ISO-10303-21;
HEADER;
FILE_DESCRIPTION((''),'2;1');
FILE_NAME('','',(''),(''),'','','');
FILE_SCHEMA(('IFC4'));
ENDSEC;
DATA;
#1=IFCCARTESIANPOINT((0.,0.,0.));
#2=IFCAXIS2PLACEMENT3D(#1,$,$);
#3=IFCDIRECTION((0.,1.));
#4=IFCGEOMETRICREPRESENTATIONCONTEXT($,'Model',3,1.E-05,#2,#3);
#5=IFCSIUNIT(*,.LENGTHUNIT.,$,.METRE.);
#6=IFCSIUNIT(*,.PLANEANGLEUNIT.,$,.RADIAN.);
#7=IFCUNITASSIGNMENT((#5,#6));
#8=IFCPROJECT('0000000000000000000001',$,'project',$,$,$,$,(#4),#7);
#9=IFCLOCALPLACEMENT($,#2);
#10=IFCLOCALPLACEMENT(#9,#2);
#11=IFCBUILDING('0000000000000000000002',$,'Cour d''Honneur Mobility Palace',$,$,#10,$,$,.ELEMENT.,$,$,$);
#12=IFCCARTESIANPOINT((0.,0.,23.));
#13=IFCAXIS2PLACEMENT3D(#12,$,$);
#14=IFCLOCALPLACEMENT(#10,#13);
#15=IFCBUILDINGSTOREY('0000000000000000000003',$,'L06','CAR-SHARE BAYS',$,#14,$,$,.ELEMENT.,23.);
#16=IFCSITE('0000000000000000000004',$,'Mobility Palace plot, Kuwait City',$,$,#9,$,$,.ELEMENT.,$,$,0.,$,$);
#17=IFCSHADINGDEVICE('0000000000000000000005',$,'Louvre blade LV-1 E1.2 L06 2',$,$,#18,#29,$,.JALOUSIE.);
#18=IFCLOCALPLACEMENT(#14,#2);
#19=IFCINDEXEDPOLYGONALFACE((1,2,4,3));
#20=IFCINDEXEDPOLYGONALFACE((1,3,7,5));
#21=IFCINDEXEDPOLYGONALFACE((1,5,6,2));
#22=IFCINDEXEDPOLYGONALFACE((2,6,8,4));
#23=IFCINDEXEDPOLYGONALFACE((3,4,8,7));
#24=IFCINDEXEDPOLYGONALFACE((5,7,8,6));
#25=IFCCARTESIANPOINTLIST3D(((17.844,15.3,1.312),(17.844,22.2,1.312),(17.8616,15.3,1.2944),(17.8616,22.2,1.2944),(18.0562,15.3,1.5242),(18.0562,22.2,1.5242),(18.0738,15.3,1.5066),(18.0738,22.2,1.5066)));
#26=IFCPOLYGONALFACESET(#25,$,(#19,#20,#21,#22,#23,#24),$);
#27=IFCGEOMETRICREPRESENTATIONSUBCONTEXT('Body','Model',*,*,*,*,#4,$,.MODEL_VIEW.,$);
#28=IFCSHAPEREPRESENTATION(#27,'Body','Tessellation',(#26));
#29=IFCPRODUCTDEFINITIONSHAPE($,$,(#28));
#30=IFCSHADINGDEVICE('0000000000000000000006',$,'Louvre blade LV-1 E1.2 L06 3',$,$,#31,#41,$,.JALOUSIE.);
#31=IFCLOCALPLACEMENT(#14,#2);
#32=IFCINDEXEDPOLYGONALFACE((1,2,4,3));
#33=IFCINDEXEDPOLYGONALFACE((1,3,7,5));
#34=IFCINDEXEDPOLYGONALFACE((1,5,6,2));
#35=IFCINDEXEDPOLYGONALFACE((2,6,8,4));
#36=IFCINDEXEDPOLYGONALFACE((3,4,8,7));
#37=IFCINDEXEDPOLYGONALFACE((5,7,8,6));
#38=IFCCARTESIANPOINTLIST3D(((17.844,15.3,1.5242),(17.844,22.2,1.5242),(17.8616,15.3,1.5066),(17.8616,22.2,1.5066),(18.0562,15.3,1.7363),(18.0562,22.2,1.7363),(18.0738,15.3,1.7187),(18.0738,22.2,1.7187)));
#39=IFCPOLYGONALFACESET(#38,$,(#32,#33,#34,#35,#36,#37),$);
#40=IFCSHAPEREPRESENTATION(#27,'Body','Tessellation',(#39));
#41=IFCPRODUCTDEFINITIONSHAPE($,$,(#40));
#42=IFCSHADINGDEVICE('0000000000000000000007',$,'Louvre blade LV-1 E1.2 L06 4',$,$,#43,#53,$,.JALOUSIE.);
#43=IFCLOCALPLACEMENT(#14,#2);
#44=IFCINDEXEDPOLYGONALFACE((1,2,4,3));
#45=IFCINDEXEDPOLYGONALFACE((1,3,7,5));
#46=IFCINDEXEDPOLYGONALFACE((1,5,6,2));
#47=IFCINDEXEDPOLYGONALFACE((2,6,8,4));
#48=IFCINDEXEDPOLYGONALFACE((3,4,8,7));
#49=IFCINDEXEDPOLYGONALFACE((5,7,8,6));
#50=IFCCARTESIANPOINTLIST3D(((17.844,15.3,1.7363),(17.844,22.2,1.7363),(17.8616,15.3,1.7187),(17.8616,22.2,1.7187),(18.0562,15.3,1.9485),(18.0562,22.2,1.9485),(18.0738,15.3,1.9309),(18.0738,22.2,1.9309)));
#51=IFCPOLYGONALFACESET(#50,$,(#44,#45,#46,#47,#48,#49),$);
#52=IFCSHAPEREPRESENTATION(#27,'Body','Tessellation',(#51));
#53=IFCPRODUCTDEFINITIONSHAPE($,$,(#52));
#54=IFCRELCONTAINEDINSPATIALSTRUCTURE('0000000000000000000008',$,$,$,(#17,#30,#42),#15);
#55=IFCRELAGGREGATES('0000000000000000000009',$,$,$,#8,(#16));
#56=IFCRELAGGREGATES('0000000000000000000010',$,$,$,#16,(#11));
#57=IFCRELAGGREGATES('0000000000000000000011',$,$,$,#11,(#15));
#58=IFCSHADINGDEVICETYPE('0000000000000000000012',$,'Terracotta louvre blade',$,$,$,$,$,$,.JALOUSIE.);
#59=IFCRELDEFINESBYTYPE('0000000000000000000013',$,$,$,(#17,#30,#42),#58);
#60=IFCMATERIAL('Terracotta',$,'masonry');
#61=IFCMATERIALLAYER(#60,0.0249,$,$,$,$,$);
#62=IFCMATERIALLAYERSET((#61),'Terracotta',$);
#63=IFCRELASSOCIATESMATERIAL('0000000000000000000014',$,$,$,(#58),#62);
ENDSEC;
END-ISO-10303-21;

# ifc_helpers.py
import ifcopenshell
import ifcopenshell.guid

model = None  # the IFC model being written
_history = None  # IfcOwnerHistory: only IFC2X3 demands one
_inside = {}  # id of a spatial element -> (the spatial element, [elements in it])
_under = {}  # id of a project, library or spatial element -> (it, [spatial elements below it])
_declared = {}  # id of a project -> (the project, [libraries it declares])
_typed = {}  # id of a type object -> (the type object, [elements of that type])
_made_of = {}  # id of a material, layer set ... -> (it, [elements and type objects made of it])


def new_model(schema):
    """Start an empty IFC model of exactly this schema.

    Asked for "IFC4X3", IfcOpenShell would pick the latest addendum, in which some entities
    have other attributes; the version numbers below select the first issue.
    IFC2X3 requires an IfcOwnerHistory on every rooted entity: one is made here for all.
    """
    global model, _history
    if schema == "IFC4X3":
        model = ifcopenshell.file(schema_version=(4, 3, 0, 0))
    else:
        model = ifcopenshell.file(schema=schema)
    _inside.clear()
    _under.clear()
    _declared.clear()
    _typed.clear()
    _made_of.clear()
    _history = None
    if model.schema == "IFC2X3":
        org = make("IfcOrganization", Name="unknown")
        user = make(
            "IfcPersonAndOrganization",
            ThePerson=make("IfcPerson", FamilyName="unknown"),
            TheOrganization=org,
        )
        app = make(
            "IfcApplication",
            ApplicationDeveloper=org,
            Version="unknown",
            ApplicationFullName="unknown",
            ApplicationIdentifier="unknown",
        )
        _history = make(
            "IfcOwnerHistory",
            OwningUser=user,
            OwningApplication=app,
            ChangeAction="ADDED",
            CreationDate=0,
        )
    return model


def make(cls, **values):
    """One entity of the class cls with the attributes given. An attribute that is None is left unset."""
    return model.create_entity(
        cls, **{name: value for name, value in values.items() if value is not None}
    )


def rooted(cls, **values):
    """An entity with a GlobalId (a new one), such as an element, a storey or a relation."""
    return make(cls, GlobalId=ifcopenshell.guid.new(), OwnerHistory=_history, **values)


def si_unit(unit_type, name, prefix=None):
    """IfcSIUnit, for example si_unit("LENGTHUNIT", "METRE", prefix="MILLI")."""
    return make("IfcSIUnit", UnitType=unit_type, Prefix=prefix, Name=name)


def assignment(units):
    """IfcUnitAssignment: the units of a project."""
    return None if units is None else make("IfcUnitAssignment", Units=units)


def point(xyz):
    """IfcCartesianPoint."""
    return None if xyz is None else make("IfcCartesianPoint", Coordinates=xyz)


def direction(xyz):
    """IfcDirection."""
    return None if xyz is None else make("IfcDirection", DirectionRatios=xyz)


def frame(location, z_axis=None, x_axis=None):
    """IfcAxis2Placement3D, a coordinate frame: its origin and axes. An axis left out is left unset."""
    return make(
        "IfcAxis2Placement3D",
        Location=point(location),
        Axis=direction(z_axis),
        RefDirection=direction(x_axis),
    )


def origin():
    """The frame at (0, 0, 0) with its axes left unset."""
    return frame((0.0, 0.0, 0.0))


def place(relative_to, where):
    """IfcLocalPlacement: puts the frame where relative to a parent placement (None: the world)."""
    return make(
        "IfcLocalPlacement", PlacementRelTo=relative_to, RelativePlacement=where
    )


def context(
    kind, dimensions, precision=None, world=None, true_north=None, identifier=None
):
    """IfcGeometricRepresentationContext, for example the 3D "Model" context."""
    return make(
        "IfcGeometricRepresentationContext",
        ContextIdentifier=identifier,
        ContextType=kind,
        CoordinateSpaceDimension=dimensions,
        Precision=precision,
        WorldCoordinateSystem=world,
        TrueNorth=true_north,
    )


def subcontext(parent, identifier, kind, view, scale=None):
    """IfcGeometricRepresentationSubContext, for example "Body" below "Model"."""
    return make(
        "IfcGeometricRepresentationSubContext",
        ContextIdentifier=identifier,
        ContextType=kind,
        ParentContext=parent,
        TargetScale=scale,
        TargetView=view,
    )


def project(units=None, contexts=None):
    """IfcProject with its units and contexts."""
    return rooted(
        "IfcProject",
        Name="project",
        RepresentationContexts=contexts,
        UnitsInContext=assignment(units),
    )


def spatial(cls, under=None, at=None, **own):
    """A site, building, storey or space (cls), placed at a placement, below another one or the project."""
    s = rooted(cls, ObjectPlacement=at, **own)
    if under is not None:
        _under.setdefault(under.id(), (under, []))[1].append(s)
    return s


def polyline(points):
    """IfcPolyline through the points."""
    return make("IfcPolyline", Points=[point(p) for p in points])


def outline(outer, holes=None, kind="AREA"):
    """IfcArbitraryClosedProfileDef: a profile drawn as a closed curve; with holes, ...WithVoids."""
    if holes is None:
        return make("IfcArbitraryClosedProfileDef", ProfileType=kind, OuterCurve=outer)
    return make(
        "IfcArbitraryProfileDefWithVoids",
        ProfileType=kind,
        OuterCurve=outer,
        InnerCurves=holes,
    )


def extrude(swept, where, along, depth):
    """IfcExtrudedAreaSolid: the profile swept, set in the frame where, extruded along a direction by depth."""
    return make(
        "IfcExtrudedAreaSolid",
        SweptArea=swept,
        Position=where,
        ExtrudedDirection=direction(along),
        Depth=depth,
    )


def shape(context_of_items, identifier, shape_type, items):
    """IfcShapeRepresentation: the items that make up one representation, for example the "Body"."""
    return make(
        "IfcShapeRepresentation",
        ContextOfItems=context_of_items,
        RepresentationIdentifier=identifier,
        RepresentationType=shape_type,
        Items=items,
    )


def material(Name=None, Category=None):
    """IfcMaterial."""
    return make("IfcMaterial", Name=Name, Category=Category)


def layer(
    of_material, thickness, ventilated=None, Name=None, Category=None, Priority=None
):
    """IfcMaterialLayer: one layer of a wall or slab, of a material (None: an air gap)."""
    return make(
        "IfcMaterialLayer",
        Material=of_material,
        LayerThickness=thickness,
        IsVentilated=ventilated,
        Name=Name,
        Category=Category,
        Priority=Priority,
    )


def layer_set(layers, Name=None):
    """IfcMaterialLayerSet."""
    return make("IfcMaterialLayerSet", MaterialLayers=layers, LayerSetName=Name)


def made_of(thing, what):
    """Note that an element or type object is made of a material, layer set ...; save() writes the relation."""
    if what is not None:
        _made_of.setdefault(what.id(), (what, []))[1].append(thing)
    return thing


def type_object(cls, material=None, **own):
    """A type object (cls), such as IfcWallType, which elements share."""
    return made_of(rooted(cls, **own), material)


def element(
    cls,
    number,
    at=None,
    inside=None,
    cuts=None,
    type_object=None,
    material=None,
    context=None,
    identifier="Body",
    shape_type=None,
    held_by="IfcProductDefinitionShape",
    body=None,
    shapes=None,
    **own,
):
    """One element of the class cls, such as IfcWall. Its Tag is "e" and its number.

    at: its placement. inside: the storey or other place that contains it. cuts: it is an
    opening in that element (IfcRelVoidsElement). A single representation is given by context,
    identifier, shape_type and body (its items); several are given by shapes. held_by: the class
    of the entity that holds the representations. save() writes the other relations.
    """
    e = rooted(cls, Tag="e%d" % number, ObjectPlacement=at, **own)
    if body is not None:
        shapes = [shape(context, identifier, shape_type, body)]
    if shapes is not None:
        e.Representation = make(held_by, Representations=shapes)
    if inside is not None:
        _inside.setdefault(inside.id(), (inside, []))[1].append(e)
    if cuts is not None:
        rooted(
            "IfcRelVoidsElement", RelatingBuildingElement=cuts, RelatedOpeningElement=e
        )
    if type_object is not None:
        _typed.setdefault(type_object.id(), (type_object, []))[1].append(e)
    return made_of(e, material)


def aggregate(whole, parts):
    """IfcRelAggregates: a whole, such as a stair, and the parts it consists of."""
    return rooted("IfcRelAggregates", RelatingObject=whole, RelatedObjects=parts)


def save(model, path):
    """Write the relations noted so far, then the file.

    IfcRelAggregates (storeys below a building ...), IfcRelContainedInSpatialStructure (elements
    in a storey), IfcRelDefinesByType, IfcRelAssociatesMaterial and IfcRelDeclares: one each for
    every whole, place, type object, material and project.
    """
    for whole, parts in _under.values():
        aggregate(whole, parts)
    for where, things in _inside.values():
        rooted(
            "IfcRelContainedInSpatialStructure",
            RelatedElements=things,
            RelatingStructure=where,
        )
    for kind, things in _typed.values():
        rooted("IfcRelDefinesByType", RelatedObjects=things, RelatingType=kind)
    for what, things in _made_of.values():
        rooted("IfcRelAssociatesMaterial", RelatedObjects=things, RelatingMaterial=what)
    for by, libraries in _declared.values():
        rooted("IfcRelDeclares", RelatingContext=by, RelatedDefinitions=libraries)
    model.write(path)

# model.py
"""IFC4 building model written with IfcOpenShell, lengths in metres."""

from ifc_helpers import new_model, si_unit, direction, frame, origin, place, context, subcontext, project, spatial, polyline, outline, extrude, material, layer, layer_set, type_object, element, save


model = new_model("IFC4")

# Units and contexts
model_context = context("Model", 3, precision=1e-05, world=origin(), true_north=direction((0.0, 1.0)))
body_context = subcontext(model_context, "Body", "Model", "MODEL_VIEW")
ifc_project = project(units=[si_unit("LENGTHUNIT", "METRE"), si_unit("PLANEANGLEUNIT", "RADIAN")], contexts=[model_context])

# Site, building, storey
site_placement = place(None, origin())
site = spatial("IfcSite", under=ifc_project, at=site_placement, Name="Mobility Palace plot, Kuwait City", CompositionType="ELEMENT", RefElevation=0.0)
building_placement = place(site_placement, origin())
building = spatial("IfcBuilding", under=site, at=building_placement, Name="Cour d'Honneur Mobility Palace", CompositionType="ELEMENT")
storey_placement = place(building_placement, frame((0.0, 0.0, 23.0)))
storey = spatial("IfcBuildingStorey", under=building, at=storey_placement, Name="L06", Description="CAR-SHARE BAYS", CompositionType="ELEMENT", Elevation=23.0)

# Shading devices
ifc_material_1 = material(Name="Terracotta", Category="masonry")
ifc_layer_1 = layer(ifc_material_1, 0.0249)
ifc_layer_set_1 = layer_set([ifc_layer_1], Name="Terracotta")
shading_device_type = type_object("IfcShadingDeviceType", Name="Terracotta louvre blade", PredefinedType="JALOUSIE", material=ifc_layer_set_1)
for number, where, z_axis, x_axis, name in (
    (1, (17.844, 15.3, 1.312), (-0.707107, 0.0, 0.707107), (0.0, 1.0, 0.0), "Louvre blade LV-1 E1.2 L06 2"),
    (2, (17.844, 15.3, 1.5242), (-0.707107, 0.0, 0.707107), (0.0, 1.0, 0.0), "Louvre blade LV-1 E1.2 L06 3"),
    (3, (17.844, 15.3, 1.7363), (-0.707107, 0.0, 0.707107), (0.0, 1.0, 0.0), "Louvre blade LV-1 E1.2 L06 4"),
):
    element("IfcShadingDevice", number, at=place(storey_placement, frame(where, z_axis=z_axis, x_axis=x_axis)), inside=storey, type_object=shading_device_type, Name=name, PredefinedType="JALOUSIE", context=body_context, shape_type="SweptSolid", body=[
        extrude(outline(polyline([(0.0, 0.0), (6.8999, 0.0), (6.8999, -0.3), (0.0, -0.3), (0.0, 0.0)])), origin(), (0.0, 0.0, -1.0), 0.0249),
    ])

save(model, "model.ifc")
